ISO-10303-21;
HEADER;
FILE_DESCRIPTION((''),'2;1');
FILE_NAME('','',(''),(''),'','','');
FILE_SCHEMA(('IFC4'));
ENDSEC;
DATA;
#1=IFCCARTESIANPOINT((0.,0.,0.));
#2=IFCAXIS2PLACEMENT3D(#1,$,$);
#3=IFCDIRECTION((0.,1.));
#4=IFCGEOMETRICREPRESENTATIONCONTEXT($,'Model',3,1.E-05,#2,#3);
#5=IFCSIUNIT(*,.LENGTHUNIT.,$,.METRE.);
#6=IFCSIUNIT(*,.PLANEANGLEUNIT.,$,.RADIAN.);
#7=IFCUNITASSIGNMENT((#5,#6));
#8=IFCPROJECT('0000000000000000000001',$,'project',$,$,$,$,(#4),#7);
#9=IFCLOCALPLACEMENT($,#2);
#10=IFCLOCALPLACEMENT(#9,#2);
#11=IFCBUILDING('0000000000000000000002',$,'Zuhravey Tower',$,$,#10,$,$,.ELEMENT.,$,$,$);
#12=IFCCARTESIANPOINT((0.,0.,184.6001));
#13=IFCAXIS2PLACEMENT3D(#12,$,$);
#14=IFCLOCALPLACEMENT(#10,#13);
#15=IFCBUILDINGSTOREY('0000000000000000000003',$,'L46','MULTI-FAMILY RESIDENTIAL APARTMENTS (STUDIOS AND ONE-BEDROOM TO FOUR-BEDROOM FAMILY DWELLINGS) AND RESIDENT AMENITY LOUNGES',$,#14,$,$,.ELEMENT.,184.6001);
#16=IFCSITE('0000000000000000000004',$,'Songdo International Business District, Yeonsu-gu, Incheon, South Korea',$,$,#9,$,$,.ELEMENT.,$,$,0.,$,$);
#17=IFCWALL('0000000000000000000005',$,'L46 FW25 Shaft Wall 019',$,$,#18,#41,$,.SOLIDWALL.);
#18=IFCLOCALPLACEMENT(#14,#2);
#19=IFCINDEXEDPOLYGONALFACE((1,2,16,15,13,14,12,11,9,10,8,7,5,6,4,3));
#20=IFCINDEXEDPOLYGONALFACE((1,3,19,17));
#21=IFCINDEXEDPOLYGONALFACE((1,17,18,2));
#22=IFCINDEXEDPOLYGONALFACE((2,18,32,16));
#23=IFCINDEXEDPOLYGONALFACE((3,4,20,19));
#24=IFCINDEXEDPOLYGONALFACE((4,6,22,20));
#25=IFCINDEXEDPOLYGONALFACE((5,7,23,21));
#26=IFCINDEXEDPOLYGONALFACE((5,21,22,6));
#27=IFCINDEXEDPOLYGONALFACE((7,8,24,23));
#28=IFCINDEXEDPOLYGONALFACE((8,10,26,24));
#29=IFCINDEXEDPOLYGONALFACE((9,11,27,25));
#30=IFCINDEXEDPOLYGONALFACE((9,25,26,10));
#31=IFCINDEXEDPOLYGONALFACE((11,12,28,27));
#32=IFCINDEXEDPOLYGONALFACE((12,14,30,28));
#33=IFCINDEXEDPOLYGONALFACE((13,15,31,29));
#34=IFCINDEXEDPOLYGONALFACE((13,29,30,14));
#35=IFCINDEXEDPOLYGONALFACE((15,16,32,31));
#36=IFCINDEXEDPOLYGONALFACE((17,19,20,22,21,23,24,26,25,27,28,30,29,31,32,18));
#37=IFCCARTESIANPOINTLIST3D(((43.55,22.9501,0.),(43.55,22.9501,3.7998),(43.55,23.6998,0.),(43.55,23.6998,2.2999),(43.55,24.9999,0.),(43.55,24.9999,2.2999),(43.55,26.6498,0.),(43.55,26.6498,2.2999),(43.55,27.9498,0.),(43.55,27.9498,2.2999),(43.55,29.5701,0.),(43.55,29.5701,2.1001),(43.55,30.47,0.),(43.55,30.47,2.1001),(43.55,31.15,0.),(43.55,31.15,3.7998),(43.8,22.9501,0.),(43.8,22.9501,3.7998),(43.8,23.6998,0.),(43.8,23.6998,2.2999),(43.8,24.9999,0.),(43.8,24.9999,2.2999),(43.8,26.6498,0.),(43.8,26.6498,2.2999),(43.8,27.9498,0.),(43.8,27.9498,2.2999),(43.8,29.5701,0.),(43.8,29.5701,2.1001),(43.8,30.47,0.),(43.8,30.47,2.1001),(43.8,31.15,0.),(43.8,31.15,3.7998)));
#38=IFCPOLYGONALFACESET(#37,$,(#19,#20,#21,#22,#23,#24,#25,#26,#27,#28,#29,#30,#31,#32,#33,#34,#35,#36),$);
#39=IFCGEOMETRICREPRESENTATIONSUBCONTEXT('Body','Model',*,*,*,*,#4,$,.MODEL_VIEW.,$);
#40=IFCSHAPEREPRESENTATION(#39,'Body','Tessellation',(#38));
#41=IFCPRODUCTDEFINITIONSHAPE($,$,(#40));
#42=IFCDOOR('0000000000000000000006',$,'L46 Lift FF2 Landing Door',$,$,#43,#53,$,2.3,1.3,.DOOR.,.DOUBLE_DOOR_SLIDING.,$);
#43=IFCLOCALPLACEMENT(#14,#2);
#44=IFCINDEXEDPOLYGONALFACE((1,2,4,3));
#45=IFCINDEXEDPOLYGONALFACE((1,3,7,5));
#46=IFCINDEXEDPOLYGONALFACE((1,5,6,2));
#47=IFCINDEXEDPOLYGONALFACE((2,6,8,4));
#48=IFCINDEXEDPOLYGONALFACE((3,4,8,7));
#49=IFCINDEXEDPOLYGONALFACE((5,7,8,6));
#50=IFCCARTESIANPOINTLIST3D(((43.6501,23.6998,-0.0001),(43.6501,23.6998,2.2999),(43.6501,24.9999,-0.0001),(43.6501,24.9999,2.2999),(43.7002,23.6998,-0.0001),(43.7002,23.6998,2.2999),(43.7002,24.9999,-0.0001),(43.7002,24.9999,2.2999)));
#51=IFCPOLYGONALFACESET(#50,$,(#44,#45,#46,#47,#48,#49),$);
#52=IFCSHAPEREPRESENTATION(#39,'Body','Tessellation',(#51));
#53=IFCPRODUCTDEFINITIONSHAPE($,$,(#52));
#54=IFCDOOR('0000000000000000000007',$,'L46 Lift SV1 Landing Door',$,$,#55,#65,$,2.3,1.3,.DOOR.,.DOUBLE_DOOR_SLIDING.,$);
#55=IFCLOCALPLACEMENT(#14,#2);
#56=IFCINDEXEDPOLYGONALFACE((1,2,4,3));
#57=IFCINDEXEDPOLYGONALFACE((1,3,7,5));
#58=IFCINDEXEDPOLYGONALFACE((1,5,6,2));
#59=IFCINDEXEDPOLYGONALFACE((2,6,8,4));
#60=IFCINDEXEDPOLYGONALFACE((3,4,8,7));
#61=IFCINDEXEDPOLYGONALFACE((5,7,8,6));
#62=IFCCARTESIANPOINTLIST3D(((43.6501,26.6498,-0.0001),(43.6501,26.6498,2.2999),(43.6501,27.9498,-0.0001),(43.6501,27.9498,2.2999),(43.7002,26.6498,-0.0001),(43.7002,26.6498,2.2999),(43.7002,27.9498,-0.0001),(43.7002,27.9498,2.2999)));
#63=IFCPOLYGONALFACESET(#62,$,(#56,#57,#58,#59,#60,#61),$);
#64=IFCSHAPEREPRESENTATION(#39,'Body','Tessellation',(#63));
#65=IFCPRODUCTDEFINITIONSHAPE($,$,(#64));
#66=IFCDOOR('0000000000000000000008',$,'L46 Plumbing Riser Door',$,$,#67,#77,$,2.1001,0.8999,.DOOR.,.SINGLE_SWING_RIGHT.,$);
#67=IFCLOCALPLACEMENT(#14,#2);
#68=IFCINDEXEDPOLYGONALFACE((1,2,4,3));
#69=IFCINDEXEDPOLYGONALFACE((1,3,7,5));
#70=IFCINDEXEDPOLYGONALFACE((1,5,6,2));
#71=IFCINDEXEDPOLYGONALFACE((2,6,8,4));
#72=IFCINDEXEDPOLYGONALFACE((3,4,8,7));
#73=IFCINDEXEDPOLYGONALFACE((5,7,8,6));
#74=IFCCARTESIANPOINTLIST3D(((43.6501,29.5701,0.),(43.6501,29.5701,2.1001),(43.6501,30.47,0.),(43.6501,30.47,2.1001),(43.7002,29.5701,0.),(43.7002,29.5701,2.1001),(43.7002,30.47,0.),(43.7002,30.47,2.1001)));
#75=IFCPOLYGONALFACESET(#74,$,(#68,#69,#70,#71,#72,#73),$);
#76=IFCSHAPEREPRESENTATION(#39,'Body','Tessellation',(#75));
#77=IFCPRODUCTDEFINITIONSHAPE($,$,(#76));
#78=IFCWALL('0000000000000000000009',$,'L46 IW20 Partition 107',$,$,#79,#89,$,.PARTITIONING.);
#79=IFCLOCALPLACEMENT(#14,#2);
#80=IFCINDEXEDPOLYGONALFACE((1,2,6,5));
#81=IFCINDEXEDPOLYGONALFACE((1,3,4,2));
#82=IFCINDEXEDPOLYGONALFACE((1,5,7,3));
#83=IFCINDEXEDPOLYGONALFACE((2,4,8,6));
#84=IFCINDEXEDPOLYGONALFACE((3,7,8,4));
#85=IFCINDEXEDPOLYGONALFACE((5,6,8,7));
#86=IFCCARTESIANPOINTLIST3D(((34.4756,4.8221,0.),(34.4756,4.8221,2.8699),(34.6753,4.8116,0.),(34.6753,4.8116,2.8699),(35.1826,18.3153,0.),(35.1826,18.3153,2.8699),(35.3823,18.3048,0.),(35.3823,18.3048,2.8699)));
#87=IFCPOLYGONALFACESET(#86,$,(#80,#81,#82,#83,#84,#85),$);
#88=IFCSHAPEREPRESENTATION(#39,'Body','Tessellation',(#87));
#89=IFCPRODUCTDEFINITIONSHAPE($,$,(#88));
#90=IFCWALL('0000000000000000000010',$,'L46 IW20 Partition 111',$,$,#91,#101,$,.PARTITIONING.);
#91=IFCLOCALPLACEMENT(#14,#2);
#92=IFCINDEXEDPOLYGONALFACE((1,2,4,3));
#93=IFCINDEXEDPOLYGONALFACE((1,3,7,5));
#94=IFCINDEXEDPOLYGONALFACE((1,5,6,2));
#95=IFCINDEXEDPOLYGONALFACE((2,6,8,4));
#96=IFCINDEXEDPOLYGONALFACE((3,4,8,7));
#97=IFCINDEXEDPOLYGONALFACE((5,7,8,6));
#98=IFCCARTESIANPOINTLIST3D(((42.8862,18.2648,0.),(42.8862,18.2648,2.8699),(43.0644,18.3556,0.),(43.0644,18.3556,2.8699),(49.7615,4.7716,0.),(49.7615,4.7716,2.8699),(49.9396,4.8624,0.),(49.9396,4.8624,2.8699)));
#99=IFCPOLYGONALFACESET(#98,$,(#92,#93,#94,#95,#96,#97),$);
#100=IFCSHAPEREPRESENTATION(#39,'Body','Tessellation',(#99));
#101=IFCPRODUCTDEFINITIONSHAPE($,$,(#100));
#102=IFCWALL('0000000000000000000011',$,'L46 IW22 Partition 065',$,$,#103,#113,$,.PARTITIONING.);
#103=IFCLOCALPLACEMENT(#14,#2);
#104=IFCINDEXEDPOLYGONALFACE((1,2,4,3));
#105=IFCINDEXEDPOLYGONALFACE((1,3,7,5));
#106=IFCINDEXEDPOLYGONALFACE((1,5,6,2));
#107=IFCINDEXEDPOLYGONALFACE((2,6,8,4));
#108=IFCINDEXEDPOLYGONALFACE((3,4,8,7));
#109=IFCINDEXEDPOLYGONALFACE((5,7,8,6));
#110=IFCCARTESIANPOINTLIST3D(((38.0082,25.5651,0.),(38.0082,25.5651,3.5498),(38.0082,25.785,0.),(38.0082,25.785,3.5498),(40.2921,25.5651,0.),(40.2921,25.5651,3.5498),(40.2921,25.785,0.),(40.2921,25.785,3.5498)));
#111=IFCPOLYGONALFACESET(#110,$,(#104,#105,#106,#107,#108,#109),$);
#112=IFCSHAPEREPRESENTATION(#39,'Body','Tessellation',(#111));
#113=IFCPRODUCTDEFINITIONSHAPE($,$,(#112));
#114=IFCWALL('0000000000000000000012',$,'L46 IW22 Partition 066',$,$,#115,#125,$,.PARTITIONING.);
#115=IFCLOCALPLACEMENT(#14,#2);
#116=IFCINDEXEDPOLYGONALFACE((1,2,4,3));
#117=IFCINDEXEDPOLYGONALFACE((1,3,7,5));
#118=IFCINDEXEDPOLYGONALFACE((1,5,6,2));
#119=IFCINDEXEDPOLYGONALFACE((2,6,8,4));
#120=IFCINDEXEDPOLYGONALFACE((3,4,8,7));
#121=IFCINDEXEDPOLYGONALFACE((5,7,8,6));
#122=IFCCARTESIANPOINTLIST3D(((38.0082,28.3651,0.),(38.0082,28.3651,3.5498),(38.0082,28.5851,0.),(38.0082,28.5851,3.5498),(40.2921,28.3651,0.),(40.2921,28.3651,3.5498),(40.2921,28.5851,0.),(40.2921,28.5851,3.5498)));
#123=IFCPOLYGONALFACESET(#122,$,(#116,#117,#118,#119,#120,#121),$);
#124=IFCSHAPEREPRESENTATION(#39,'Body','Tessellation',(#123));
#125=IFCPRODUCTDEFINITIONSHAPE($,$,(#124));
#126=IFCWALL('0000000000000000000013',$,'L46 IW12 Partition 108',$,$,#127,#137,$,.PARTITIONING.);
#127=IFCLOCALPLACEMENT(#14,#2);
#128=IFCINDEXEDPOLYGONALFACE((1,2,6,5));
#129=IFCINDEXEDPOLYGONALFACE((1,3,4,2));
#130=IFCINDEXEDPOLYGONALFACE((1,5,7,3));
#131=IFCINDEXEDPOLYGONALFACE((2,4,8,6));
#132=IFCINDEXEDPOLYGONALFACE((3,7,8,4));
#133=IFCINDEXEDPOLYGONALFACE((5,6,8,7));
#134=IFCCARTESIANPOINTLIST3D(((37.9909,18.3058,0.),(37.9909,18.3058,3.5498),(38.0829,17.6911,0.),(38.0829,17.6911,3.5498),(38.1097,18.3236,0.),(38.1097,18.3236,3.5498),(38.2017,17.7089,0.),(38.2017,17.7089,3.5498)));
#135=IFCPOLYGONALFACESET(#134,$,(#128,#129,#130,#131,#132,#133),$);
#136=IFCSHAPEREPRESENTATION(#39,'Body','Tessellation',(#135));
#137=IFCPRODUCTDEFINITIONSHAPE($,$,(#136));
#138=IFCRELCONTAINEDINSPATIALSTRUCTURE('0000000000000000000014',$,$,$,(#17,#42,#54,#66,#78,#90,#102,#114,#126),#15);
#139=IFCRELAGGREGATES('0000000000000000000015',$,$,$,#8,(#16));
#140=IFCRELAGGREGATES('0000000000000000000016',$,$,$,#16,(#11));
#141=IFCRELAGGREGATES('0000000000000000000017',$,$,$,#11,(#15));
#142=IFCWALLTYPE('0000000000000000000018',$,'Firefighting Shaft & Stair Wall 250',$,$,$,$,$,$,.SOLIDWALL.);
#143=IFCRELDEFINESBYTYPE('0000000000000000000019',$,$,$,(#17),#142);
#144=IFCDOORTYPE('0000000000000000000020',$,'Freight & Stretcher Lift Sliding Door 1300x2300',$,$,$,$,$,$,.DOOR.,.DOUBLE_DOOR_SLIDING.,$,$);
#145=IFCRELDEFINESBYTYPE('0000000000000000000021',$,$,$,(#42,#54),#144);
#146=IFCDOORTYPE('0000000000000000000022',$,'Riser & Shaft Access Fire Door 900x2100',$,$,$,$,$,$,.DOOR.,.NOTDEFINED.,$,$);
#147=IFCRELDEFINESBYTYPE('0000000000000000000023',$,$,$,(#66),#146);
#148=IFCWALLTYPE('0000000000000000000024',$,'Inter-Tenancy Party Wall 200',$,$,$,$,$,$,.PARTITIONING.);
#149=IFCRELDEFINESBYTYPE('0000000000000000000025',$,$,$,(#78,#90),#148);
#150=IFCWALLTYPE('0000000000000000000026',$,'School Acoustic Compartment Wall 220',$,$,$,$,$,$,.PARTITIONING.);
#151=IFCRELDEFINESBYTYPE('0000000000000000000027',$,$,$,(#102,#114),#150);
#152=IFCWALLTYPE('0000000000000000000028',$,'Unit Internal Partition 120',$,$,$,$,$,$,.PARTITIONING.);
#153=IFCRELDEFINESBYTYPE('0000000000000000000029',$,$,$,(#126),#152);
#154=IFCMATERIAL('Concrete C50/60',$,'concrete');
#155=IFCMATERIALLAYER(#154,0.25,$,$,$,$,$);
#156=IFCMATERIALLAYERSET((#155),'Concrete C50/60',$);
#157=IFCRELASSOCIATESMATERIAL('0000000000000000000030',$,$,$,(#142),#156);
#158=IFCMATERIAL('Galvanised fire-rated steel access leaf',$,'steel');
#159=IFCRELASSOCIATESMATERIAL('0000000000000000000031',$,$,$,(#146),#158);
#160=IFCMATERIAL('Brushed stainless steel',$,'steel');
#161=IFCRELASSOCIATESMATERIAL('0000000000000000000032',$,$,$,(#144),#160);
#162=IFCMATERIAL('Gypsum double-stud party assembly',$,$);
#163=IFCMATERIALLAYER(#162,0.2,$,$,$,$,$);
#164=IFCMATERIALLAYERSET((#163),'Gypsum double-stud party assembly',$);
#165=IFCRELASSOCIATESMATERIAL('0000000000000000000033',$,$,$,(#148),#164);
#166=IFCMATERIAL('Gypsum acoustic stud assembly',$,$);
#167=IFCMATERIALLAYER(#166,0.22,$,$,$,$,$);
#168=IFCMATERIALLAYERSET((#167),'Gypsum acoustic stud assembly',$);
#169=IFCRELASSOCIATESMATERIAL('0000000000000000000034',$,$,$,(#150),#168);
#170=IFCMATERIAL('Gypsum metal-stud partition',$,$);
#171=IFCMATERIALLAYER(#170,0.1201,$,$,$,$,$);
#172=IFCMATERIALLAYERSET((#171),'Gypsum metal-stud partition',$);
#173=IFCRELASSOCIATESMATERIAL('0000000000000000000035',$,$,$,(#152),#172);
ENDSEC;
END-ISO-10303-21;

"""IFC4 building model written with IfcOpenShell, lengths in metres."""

from ifc_helpers import new_model, si_unit, direction, frame, frame_2d, origin, place, context, subcontext, project, spatial, rectangle, extrude, material, layer, layer_set, type_object, element, fill, save


model = new_model("IFC4")

# Units and contexts
model_context = context("Model", 3, precision=1e-05, world=origin(), true_north=direction((0.0, 1.0)))
body_context = subcontext(model_context, "Body", "Model", "MODEL_VIEW")
ifc_project = project(units=[si_unit("LENGTHUNIT", "METRE"), si_unit("PLANEANGLEUNIT", "RADIAN")], contexts=[model_context])

# Site, building, storey
site_placement = place(None, origin())
site = spatial("IfcSite", under=ifc_project, at=site_placement, Name="Songdo International Business District, Yeonsu-gu, Incheon, South Korea", CompositionType="ELEMENT", RefElevation=0.0)
building_placement = place(site_placement, origin())
building = spatial("IfcBuilding", under=site, at=building_placement, Name="Zuhravey Tower", CompositionType="ELEMENT")
storey_placement = place(building_placement, frame((0.0, 0.0, 184.6001)))
storey = spatial("IfcBuildingStorey", under=building, at=storey_placement, Name="L46", Description="MULTI-FAMILY RESIDENTIAL APARTMENTS (STUDIOS AND ONE-BEDROOM TO FOUR-BEDROOM FAMILY DWELLINGS) AND RESIDENT AMENITY LOUNGES", CompositionType="ELEMENT", Elevation=184.6001)

# Shared definitions
ifc_material_1 = material(Name="Concrete C50/60", Category="concrete")
ifc_layer_1 = layer(ifc_material_1, 0.25)
ifc_layer_set_1 = layer_set([ifc_layer_1], Name="Concrete C50/60")
wall_type_1 = type_object("IfcWallType", Name="Firefighting Shaft & Stair Wall 250", PredefinedType="SOLIDWALL", material=ifc_layer_set_1)

# Shared definitions
ifc_material_2 = material(Name="Galvanised fire-rated steel access leaf", Category="steel")
door_type_1 = type_object("IfcDoorType", Name="Riser & Shaft Access Fire Door 900x2100", OperationType="NOTDEFINED", PredefinedType="DOOR", material=ifc_material_2)
ifc_material_3 = material(Name="Brushed stainless steel", Category="steel")

# Wall, openings, doors
wall_1_placement = place(storey_placement, frame((43.675, 22.95, 0.0), z_axis=(0.0, 0.0, 1.0), x_axis=(0.0, 1.0, 0.0)))
wall_1 = element("IfcWall", 1, at=wall_1_placement, inside=storey, type_object=wall_type_1, Name="L46 FW25 Shaft Wall 019", PredefinedType="SOLIDWALL", context=body_context, shape_type="SweptSolid", body=[
    extrude(rectangle(XDim=8.2, YDim=0.25, at=frame_2d((4.1001, 0.0))), origin(), (0.0, 0.0, 1.0), 3.7998),
])
opening_1_placement = place(wall_1_placement, frame((0.75, 0.0, 0.0)))
opening_1 = element("IfcOpeningElement", 2, at=opening_1_placement, cuts=wall_1, PredefinedType="OPENING", context=body_context, shape_type="SweptSolid", body=[
    extrude(rectangle(XDim=1.3, YDim=2.3, at=frame_2d((0.6499, 1.1499))), frame((0.0, 0.137, 0.0), z_axis=(0.0, -1.0, 0.0), x_axis=(1.0, 0.0, 0.0)), (0.0, 0.0, 1.0), 0.2739),
])
opening_2_placement = place(wall_1_placement, frame((3.7, 0.0, 0.0)))
opening_2 = element("IfcOpeningElement", 3, at=opening_2_placement, cuts=wall_1, PredefinedType="OPENING", context=body_context, shape_type="SweptSolid", body=[
    extrude(rectangle(XDim=1.3, YDim=2.3, at=frame_2d((0.6499, 1.1499))), frame((0.0, 0.137, 0.0), z_axis=(0.0, -1.0, 0.0), x_axis=(1.0, 0.0, 0.0)), (0.0, 0.0, 1.0), 0.2739),
])
opening_3_placement = place(wall_1_placement, frame((6.6201, 0.0, 0.0)))
opening_3 = element("IfcOpeningElement", 4, at=opening_3_placement, cuts=wall_1, PredefinedType="OPENING", context=body_context, shape_type="SweptSolid", body=[
    extrude(rectangle(XDim=0.8999, YDim=2.1001, at=frame_2d((0.45, 1.05))), frame((0.0, 0.137, 0.0), z_axis=(0.0, -1.0, 0.0), x_axis=(1.0, 0.0, 0.0)), (0.0, 0.0, 1.0), 0.2739),
])
door_type_2 = type_object("IfcDoorType", Name="Freight & Stretcher Lift Sliding Door 1300x2300", OperationType="DOUBLE_DOOR_SLIDING", PredefinedType="DOOR", material=ifc_material_3)
door_1_placement = place(opening_1_placement, origin())
door_1 = element("IfcDoor", 5, at=door_1_placement, inside=storey, type_object=door_type_2, Name="L46 Lift FF2 Landing Door", OperationType="DOUBLE_DOOR_SLIDING", OverallHeight=2.3, OverallWidth=1.3, PredefinedType="DOOR", context=body_context, shape_type="SweptSolid", body=[
    extrude(rectangle(XDim=1.3, YDim=2.3, at=frame_2d((0.6499, 1.1499))), frame((0.0, 0.0249, 0.0), z_axis=(0.0, -1.0, 0.0), x_axis=(1.0, 0.0, 0.0)), (0.0, 0.0, 1.0), 0.05),
])
fill(opening_1, door_1)
door_2_placement = place(opening_2_placement, origin())
door_2 = element("IfcDoor", 6, at=door_2_placement, inside=storey, type_object=door_type_2, Name="L46 Lift SV1 Landing Door", OperationType="DOUBLE_DOOR_SLIDING", OverallHeight=2.3, OverallWidth=1.3, PredefinedType="DOOR", context=body_context, shape_type="SweptSolid", body=[
    extrude(rectangle(XDim=1.3, YDim=2.3, at=frame_2d((0.6499, 1.1499))), frame((0.0, 0.0249, 0.0), z_axis=(0.0, -1.0, 0.0), x_axis=(1.0, 0.0, 0.0)), (0.0, 0.0, 1.0), 0.05),
])
fill(opening_2, door_2)
door_3_placement = place(opening_3_placement, origin())
door_3 = element("IfcDoor", 7, at=door_3_placement, inside=storey, type_object=door_type_1, Name="L46 Plumbing Riser Door", OperationType="SINGLE_SWING_RIGHT", OverallHeight=2.1001, OverallWidth=0.8999, PredefinedType="DOOR", context=body_context, shape_type="SweptSolid", body=[
    extrude(rectangle(XDim=0.8999, YDim=2.1001, at=frame_2d((0.45, 1.05))), frame((0.0, 0.0249, 0.0), z_axis=(0.0, -1.0, 0.0), x_axis=(1.0, 0.0, 0.0)), (0.0, 0.0, 1.0), 0.05),
])
fill(opening_3, door_3)

# Walls
ifc_material_4 = material(Name="Gypsum double-stud party assembly")
ifc_layer_2 = layer(ifc_material_4, 0.2)
ifc_layer_set_2 = layer_set([ifc_layer_2], Name="Gypsum double-stud party assembly")
wall_type_2 = type_object("IfcWallType", Name="Inter-Tenancy Party Wall 200", PredefinedType="PARTITIONING", material=ifc_layer_set_2)
wall_2_placement = place(storey_placement, frame((35.2825, 18.3101, 0.0), z_axis=(0.0, 0.0, 1.0), x_axis=(-0.052327, -0.99863, 0.0)))
element("IfcWall", 8, at=wall_2_placement, inside=storey, type_object=wall_type_2, Name="L46 IW20 Partition 107", PredefinedType="PARTITIONING", context=body_context, shape_type="SweptSolid", body=[
    extrude(rectangle(XDim=13.5117, YDim=0.2, at=frame_2d((6.7559, 0.0))), origin(), (0.0, 0.0, 1.0), 2.8699),
])
wall_3_placement = place(storey_placement, frame((42.9753, 18.3101, 0.0), z_axis=(0.0, 0.0, 1.0), x_axis=(0.453998, -0.891003, 0.0)))
element("IfcWall", 9, at=wall_3_placement, inside=storey, type_object=wall_type_2, Name="L46 IW20 Partition 111", PredefinedType="PARTITIONING", context=body_context, shape_type="SweptSolid", body=[
    extrude(rectangle(XDim=15.1438, YDim=0.2, at=frame_2d((7.5718, 0.0))), origin(), (0.0, 0.0, 1.0), 2.8699),
])
ifc_material_5 = material(Name="Gypsum acoustic stud assembly")
ifc_layer_3 = layer(ifc_material_5, 0.22)
ifc_layer_set_3 = layer_set([ifc_layer_3], Name="Gypsum acoustic stud assembly")
wall_type_3 = type_object("IfcWallType", Name="School Acoustic Compartment Wall 220", PredefinedType="PARTITIONING", material=ifc_layer_set_3)
for number, where, z_axis, x_axis, name in (
    (10, (38.0081, 25.675, 0.0), (0.0, 0.0, 1.0), (1.0, 0.0, 0.0), "L46 IW22 Partition 065"),
    (11, (38.0081, 28.4751, 0.0), (0.0, 0.0, 1.0), (1.0, 0.0, 0.0), "L46 IW22 Partition 066"),
):
    element("IfcWall", number, at=place(storey_placement, frame(where, z_axis=z_axis, x_axis=x_axis)), inside=storey, type_object=wall_type_3, Name=name, PredefinedType="PARTITIONING", context=body_context, shape_type="SweptSolid", body=[
        extrude(rectangle(XDim=2.2839, YDim=0.22, at=frame_2d((1.1421, 0.0))), origin(), (0.0, 0.0, 1.0), 3.5498),
    ])
ifc_material_6 = material(Name="Gypsum metal-stud partition")
ifc_layer_4 = layer(ifc_material_6, 0.1201)
ifc_layer_set_4 = layer_set([ifc_layer_4], Name="Gypsum metal-stud partition")
wall_type_4 = type_object("IfcWallType", Name="Unit Internal Partition 120", PredefinedType="PARTITIONING", material=ifc_layer_set_4)
wall_4_placement = place(storey_placement, frame((38.0503, 18.3147, 0.0), z_axis=(0.0, 0.0, 1.0), x_axis=(0.148072, -0.988977, 0.0)))
element("IfcWall", 12, at=wall_4_placement, inside=storey, type_object=wall_type_4, Name="L46 IW12 Partition 108", PredefinedType="PARTITIONING", context=body_context, shape_type="SweptSolid", body=[
    extrude(rectangle(XDim=0.6216, YDim=0.1201, at=frame_2d((0.3108, 0.0))), origin(), (0.0, 0.0, 1.0), 3.5498),
])

save(model, "model.ifc")
